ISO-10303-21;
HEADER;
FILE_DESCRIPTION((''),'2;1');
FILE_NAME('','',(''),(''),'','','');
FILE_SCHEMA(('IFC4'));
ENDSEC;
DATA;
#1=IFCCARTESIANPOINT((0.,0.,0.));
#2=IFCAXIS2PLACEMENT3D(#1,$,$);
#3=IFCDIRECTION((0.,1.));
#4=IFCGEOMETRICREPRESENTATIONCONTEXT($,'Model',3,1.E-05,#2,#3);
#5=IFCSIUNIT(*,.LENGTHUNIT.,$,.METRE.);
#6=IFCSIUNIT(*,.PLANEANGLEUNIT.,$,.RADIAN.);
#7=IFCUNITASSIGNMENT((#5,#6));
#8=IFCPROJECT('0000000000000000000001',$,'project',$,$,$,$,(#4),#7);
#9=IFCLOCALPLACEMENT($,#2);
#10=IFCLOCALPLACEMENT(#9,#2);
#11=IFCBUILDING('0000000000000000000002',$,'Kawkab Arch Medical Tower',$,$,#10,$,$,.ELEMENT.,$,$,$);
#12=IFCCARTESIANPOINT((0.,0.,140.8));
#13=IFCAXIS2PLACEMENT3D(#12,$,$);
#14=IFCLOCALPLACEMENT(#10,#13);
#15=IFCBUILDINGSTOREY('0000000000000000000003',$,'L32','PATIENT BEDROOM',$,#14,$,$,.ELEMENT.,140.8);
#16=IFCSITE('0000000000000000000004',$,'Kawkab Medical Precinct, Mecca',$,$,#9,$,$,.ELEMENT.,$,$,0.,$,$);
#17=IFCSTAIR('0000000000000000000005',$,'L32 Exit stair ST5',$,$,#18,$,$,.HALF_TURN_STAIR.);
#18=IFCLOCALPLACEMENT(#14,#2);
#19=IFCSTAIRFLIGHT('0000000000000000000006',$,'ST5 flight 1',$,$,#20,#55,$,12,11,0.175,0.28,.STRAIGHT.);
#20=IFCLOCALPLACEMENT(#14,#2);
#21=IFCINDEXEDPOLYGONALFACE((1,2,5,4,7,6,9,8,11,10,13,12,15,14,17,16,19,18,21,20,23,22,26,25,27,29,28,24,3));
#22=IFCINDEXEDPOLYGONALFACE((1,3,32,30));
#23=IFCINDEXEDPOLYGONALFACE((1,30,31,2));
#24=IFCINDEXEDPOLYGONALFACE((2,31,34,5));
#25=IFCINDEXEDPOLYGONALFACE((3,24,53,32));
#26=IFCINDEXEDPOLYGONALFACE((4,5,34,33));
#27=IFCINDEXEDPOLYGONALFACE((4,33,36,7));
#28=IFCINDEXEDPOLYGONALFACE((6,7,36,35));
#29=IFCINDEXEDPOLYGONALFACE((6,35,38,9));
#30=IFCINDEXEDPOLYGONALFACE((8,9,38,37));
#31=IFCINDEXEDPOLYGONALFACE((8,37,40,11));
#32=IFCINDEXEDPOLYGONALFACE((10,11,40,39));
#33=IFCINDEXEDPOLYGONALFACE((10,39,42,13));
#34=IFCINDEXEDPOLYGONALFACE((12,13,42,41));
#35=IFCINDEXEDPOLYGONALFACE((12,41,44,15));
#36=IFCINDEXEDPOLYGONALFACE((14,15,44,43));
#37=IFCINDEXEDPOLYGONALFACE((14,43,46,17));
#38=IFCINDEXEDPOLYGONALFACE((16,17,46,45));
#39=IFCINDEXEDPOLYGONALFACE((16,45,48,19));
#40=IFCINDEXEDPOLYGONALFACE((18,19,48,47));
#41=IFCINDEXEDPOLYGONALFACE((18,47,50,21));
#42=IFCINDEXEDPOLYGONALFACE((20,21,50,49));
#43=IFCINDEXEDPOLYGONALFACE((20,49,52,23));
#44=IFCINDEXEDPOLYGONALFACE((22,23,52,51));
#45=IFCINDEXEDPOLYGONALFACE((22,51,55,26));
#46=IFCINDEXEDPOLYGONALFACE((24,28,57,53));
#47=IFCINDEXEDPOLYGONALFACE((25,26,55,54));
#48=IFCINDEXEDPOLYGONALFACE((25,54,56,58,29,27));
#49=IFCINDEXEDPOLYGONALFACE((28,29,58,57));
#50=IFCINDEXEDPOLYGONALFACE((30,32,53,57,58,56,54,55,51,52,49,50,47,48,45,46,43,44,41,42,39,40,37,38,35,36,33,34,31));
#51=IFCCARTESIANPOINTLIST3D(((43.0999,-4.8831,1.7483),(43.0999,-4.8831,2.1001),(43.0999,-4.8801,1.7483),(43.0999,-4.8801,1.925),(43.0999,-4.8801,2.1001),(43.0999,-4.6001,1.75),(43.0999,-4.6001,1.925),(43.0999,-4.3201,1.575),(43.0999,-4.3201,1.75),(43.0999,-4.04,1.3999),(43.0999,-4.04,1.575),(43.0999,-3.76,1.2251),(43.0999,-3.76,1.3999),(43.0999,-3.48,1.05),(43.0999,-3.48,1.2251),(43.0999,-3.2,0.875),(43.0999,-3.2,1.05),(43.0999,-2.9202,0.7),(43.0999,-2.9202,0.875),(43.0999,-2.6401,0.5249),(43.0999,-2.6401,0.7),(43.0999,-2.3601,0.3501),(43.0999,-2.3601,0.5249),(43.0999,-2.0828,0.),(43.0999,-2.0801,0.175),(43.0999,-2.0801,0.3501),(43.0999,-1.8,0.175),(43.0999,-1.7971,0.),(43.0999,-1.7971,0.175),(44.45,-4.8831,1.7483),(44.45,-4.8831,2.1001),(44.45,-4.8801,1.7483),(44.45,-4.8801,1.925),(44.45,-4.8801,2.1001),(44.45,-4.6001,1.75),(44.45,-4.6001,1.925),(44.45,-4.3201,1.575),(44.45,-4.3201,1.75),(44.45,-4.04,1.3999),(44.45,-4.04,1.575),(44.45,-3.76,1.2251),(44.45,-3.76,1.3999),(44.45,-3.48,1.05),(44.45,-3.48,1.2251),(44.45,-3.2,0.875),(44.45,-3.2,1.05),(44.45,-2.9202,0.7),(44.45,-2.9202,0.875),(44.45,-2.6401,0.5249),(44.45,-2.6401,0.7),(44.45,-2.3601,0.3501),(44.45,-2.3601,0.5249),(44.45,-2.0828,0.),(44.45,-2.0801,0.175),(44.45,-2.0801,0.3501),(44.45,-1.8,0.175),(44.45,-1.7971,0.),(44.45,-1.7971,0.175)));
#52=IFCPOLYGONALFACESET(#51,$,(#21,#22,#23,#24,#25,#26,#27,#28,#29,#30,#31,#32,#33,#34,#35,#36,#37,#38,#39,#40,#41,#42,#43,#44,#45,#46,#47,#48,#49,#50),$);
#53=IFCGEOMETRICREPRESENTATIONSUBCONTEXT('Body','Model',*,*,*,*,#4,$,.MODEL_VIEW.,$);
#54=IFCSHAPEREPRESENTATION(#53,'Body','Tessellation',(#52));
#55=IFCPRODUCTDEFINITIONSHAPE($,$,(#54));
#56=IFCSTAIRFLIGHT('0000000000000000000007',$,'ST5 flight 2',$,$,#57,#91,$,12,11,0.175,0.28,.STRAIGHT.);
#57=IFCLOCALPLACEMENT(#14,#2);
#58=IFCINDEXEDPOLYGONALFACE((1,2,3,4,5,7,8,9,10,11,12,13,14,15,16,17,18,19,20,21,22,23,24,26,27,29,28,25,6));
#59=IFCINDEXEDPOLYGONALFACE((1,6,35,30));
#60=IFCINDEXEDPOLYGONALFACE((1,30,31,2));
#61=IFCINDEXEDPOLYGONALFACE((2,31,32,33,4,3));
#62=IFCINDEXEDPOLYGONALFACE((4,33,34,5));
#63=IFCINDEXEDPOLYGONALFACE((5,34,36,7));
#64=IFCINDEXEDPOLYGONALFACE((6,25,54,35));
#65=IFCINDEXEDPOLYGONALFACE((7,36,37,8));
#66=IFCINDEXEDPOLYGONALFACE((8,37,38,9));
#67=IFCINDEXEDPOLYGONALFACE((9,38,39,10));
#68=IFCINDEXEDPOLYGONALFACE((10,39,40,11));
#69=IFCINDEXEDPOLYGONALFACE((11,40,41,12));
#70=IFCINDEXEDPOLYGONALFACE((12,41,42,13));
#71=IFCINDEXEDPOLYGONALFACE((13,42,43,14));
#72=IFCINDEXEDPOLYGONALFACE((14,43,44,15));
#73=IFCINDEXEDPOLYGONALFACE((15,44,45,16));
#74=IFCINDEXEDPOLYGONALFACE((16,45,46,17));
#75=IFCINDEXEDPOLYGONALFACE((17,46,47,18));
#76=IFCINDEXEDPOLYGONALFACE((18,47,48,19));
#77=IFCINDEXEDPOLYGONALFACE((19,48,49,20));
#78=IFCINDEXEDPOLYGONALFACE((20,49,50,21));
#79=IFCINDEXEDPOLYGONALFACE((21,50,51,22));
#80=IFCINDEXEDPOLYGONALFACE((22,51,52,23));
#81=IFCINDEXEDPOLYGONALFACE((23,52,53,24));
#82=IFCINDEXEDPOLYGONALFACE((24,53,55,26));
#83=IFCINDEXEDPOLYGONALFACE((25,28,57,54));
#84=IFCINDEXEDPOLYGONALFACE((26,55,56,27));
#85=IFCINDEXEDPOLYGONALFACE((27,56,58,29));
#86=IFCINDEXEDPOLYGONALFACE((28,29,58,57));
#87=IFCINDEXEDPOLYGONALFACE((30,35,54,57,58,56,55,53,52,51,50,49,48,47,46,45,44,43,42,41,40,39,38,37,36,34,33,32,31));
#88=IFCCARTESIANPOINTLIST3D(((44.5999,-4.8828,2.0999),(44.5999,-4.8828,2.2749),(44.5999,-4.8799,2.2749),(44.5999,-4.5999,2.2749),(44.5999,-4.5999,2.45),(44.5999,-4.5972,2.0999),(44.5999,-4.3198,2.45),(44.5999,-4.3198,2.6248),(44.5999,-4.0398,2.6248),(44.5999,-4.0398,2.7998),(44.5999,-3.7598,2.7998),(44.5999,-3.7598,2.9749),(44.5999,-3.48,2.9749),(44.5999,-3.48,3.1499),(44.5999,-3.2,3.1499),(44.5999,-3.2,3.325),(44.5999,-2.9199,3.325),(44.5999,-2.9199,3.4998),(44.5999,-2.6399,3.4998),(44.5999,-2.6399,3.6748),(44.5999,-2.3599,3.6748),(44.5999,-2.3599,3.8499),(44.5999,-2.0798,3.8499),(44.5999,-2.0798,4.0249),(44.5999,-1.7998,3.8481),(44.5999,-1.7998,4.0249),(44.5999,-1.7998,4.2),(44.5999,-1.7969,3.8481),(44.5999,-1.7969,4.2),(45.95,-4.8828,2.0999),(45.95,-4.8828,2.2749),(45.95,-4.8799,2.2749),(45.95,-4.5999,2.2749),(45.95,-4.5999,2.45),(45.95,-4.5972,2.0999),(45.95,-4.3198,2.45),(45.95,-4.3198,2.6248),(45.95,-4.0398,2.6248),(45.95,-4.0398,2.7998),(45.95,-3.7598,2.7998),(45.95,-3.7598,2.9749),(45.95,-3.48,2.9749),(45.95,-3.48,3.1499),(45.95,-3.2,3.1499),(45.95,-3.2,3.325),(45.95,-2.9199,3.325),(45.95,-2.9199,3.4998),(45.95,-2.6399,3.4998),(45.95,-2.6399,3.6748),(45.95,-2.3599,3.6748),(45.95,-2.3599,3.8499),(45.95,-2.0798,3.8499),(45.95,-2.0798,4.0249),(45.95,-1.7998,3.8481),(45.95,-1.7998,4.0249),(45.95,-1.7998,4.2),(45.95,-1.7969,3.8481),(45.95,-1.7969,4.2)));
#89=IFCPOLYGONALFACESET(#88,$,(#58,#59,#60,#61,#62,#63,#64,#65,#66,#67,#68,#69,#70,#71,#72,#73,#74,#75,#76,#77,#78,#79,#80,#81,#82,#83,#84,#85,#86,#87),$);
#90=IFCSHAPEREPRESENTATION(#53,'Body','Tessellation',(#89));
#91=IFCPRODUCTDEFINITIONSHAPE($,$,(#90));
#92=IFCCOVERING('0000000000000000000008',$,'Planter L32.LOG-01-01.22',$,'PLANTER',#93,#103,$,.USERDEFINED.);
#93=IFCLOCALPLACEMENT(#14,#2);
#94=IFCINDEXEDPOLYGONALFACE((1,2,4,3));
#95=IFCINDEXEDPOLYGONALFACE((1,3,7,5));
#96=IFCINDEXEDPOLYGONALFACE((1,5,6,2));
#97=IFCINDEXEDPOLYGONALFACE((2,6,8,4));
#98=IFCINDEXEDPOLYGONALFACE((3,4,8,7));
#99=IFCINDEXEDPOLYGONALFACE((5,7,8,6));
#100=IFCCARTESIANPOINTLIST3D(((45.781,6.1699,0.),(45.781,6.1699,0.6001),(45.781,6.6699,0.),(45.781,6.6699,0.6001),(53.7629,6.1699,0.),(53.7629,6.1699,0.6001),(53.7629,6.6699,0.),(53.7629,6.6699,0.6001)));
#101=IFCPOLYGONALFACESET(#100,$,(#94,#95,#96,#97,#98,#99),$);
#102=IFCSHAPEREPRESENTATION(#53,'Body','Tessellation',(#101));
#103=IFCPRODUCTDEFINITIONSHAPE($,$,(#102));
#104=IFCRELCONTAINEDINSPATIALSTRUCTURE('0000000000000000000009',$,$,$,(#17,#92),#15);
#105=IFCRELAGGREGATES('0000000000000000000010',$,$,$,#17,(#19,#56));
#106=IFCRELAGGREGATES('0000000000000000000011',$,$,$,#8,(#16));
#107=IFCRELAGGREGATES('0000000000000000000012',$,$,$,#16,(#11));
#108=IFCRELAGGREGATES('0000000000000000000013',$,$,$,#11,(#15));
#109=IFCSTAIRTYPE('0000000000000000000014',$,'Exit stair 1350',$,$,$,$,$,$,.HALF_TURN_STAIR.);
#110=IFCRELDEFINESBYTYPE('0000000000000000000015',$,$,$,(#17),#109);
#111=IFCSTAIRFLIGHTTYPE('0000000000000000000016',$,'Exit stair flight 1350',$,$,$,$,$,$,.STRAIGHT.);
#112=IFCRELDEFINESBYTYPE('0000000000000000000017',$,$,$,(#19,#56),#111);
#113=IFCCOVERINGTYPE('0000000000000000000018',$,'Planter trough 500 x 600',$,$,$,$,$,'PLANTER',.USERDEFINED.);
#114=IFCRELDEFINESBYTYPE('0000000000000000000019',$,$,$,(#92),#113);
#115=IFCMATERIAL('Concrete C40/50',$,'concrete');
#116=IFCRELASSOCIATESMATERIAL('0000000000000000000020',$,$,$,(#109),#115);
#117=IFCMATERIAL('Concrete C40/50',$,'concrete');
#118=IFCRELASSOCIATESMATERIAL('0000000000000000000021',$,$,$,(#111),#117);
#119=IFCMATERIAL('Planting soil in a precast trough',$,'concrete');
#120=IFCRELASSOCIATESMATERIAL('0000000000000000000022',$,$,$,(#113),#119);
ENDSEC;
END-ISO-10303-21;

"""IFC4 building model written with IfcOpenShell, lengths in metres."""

from ifc_helpers import new_model, si_unit, direction, frame, origin, origin_2d, place, context, subcontext, project, spatial, polyline, rectangle, outline, extrude, material, material_profile, profile_set, type_object, element, aggregate, save


model = new_model("IFC4")

# Units and contexts
model_context = context("Model", 3, precision=1e-05, world=origin(), true_north=direction((0.0, 1.0)))
body_context = subcontext(model_context, "Body", "Model", "MODEL_VIEW")
ifc_project = project(units=[si_unit("LENGTHUNIT", "METRE"), si_unit("PLANEANGLEUNIT", "RADIAN")], contexts=[model_context])

# Site, building, storey
site_placement = place(None, origin())
site = spatial("IfcSite", under=ifc_project, at=site_placement, Name="Kawkab Medical Precinct, Mecca", CompositionType="ELEMENT", RefElevation=0.0)
building_placement = place(site_placement, origin())
building = spatial("IfcBuilding", under=site, at=building_placement, Name="Kawkab Arch Medical Tower", CompositionType="ELEMENT")
storey_placement = place(building_placement, frame((0.0, 0.0, 140.8)))
storey = spatial("IfcBuildingStorey", under=building, at=storey_placement, Name="L32", Description="PATIENT BEDROOM", CompositionType="ELEMENT", Elevation=140.8)

# Shared definitions
placement = place(storey_placement, origin())

# Stair, stair flights
ifc_material_1 = material(Name="Concrete C40/50", Category="concrete")
stair_type = type_object("IfcStairType", Name="Exit stair 1350", PredefinedType="HALF_TURN_STAIR", material=ifc_material_1)
stair = element("IfcStair", 1, at=placement, inside=storey, type_object=stair_type, Name="L32 Exit stair ST5", PredefinedType="HALF_TURN_STAIR")
ifc_material_2 = material(Name="Concrete C40/50", Category="concrete")
stair_flight_type = type_object("IfcStairFlightType", Name="Exit stair flight 1350", PredefinedType="STRAIGHT", material=ifc_material_2)
stair_flight_1_placement = place(storey_placement, frame((43.7749, -1.8, 0.0), z_axis=(0.0, 0.0, 1.0), x_axis=(0.0, -1.0, 0.0)))
stair_flight_1 = element("IfcStairFlight", 2, at=stair_flight_1_placement, type_object=stair_flight_type, Name="ST5 flight 1", NumberOfRisers=12, NumberOfTreads=11, PredefinedType="STRAIGHT", RiserHeight=0.175, TreadLength=0.28, context=body_context, shape_type="SweptSolid", body=[
    extrude(outline(polyline([(-0.0029, 0.0), (-0.0029, 0.175), (0.0, 0.175), (0.28, 0.175), (0.28, 0.3501), (0.5601, 0.3501), (0.5601, 0.5249), (0.8401, 0.5249), (0.8401, 0.7), (1.1201, 0.7), (1.1201, 0.875), (1.3999, 0.875), (1.3999, 1.05), (1.6799, 1.05), (1.6799, 1.2251), (1.96, 1.2251), (1.96, 1.3999), (2.24, 1.3999), (2.24, 1.575), (2.52, 1.575), (2.52, 1.75), (2.8, 1.75), (2.8, 1.925), (3.0801, 1.925), (3.0801, 2.1001), (3.083, 2.1001), (3.083, 1.7483), (3.0801, 1.7483), (0.2827, 0.0), (-0.0029, 0.0)])), frame((0.0, 0.675, 0.0), z_axis=(0.0, -1.0, 0.0), x_axis=(1.0, 0.0, 0.0)), (0.0, 0.0, 1.0), 1.3501),
])
stair_flight_2_placement = place(storey_placement, frame((45.2749, -4.8799, 2.0999), z_axis=(0.0, 0.0, 1.0), x_axis=(0.0, 1.0, 0.0)))
stair_flight_2 = element("IfcStairFlight", 3, at=stair_flight_2_placement, type_object=stair_flight_type, Name="ST5 flight 2", NumberOfRisers=12, NumberOfTreads=11, PredefinedType="STRAIGHT", RiserHeight=0.175, TreadLength=0.28, context=body_context, shape_type="SweptSolid", body=[
    extrude(outline(polyline([(-0.0029, 0.0), (-0.0029, 0.175), (0.0, 0.175), (0.28, 0.175), (0.28, 0.3501), (0.5601, 0.3501), (0.5601, 0.5249), (0.8401, 0.5249), (0.8401, 0.7), (1.1201, 0.7), (1.1201, 0.875), (1.3999, 0.875), (1.3999, 1.05), (1.6799, 1.05), (1.6799, 1.2251), (1.96, 1.2251), (1.96, 1.3999), (2.24, 1.3999), (2.24, 1.575), (2.52, 1.575), (2.52, 1.75), (2.8, 1.75), (2.8, 1.925), (3.0801, 1.925), (3.0801, 2.1001), (3.083, 2.1001), (3.083, 1.7483), (3.0801, 1.7483), (0.2827, 0.0), (-0.0029, 0.0)])), frame((0.0, 0.675, 0.0), z_axis=(0.0, -1.0, 0.0), x_axis=(1.0, 0.0, 0.0)), (0.0, 0.0, 1.0), 1.3501),
])
aggregate(stair, [stair_flight_1, stair_flight_2])

# Covering
ifc_material_3 = material(Name="Planting soil in a precast trough", Category="concrete")
ifc_material_profile_1 = material_profile(ifc_material_3, rectangle(XDim=0.5, YDim=0.6001, at=origin_2d()), Name="Trough 500x600")
ifc_profile_set_1 = profile_set([ifc_material_profile_1], Name="Planting soil in a precast trough")
covering_type = type_object("IfcCoveringType", Name="Planter trough 500 x 600", ElementType="PLANTER", PredefinedType="USERDEFINED", material=ifc_profile_set_1)
covering_placement = place(storey_placement, frame((45.781, 6.4199, 0.3), z_axis=(1.0, 0.0, 0.0), x_axis=(0.0, 1.0, 0.0)))
element("IfcCovering", 4, at=covering_placement, inside=storey, type_object=covering_type, Name="Planter L32.LOG-01-01.22", ObjectType="PLANTER", PredefinedType="USERDEFINED", context=body_context, shape_type="SweptSolid", body=[
    extrude(rectangle(XDim=0.5, YDim=0.6001, at=origin_2d()), origin(), (0.0, 0.0, 1.0), 7.9819),
])

save(model, "model.ifc")
